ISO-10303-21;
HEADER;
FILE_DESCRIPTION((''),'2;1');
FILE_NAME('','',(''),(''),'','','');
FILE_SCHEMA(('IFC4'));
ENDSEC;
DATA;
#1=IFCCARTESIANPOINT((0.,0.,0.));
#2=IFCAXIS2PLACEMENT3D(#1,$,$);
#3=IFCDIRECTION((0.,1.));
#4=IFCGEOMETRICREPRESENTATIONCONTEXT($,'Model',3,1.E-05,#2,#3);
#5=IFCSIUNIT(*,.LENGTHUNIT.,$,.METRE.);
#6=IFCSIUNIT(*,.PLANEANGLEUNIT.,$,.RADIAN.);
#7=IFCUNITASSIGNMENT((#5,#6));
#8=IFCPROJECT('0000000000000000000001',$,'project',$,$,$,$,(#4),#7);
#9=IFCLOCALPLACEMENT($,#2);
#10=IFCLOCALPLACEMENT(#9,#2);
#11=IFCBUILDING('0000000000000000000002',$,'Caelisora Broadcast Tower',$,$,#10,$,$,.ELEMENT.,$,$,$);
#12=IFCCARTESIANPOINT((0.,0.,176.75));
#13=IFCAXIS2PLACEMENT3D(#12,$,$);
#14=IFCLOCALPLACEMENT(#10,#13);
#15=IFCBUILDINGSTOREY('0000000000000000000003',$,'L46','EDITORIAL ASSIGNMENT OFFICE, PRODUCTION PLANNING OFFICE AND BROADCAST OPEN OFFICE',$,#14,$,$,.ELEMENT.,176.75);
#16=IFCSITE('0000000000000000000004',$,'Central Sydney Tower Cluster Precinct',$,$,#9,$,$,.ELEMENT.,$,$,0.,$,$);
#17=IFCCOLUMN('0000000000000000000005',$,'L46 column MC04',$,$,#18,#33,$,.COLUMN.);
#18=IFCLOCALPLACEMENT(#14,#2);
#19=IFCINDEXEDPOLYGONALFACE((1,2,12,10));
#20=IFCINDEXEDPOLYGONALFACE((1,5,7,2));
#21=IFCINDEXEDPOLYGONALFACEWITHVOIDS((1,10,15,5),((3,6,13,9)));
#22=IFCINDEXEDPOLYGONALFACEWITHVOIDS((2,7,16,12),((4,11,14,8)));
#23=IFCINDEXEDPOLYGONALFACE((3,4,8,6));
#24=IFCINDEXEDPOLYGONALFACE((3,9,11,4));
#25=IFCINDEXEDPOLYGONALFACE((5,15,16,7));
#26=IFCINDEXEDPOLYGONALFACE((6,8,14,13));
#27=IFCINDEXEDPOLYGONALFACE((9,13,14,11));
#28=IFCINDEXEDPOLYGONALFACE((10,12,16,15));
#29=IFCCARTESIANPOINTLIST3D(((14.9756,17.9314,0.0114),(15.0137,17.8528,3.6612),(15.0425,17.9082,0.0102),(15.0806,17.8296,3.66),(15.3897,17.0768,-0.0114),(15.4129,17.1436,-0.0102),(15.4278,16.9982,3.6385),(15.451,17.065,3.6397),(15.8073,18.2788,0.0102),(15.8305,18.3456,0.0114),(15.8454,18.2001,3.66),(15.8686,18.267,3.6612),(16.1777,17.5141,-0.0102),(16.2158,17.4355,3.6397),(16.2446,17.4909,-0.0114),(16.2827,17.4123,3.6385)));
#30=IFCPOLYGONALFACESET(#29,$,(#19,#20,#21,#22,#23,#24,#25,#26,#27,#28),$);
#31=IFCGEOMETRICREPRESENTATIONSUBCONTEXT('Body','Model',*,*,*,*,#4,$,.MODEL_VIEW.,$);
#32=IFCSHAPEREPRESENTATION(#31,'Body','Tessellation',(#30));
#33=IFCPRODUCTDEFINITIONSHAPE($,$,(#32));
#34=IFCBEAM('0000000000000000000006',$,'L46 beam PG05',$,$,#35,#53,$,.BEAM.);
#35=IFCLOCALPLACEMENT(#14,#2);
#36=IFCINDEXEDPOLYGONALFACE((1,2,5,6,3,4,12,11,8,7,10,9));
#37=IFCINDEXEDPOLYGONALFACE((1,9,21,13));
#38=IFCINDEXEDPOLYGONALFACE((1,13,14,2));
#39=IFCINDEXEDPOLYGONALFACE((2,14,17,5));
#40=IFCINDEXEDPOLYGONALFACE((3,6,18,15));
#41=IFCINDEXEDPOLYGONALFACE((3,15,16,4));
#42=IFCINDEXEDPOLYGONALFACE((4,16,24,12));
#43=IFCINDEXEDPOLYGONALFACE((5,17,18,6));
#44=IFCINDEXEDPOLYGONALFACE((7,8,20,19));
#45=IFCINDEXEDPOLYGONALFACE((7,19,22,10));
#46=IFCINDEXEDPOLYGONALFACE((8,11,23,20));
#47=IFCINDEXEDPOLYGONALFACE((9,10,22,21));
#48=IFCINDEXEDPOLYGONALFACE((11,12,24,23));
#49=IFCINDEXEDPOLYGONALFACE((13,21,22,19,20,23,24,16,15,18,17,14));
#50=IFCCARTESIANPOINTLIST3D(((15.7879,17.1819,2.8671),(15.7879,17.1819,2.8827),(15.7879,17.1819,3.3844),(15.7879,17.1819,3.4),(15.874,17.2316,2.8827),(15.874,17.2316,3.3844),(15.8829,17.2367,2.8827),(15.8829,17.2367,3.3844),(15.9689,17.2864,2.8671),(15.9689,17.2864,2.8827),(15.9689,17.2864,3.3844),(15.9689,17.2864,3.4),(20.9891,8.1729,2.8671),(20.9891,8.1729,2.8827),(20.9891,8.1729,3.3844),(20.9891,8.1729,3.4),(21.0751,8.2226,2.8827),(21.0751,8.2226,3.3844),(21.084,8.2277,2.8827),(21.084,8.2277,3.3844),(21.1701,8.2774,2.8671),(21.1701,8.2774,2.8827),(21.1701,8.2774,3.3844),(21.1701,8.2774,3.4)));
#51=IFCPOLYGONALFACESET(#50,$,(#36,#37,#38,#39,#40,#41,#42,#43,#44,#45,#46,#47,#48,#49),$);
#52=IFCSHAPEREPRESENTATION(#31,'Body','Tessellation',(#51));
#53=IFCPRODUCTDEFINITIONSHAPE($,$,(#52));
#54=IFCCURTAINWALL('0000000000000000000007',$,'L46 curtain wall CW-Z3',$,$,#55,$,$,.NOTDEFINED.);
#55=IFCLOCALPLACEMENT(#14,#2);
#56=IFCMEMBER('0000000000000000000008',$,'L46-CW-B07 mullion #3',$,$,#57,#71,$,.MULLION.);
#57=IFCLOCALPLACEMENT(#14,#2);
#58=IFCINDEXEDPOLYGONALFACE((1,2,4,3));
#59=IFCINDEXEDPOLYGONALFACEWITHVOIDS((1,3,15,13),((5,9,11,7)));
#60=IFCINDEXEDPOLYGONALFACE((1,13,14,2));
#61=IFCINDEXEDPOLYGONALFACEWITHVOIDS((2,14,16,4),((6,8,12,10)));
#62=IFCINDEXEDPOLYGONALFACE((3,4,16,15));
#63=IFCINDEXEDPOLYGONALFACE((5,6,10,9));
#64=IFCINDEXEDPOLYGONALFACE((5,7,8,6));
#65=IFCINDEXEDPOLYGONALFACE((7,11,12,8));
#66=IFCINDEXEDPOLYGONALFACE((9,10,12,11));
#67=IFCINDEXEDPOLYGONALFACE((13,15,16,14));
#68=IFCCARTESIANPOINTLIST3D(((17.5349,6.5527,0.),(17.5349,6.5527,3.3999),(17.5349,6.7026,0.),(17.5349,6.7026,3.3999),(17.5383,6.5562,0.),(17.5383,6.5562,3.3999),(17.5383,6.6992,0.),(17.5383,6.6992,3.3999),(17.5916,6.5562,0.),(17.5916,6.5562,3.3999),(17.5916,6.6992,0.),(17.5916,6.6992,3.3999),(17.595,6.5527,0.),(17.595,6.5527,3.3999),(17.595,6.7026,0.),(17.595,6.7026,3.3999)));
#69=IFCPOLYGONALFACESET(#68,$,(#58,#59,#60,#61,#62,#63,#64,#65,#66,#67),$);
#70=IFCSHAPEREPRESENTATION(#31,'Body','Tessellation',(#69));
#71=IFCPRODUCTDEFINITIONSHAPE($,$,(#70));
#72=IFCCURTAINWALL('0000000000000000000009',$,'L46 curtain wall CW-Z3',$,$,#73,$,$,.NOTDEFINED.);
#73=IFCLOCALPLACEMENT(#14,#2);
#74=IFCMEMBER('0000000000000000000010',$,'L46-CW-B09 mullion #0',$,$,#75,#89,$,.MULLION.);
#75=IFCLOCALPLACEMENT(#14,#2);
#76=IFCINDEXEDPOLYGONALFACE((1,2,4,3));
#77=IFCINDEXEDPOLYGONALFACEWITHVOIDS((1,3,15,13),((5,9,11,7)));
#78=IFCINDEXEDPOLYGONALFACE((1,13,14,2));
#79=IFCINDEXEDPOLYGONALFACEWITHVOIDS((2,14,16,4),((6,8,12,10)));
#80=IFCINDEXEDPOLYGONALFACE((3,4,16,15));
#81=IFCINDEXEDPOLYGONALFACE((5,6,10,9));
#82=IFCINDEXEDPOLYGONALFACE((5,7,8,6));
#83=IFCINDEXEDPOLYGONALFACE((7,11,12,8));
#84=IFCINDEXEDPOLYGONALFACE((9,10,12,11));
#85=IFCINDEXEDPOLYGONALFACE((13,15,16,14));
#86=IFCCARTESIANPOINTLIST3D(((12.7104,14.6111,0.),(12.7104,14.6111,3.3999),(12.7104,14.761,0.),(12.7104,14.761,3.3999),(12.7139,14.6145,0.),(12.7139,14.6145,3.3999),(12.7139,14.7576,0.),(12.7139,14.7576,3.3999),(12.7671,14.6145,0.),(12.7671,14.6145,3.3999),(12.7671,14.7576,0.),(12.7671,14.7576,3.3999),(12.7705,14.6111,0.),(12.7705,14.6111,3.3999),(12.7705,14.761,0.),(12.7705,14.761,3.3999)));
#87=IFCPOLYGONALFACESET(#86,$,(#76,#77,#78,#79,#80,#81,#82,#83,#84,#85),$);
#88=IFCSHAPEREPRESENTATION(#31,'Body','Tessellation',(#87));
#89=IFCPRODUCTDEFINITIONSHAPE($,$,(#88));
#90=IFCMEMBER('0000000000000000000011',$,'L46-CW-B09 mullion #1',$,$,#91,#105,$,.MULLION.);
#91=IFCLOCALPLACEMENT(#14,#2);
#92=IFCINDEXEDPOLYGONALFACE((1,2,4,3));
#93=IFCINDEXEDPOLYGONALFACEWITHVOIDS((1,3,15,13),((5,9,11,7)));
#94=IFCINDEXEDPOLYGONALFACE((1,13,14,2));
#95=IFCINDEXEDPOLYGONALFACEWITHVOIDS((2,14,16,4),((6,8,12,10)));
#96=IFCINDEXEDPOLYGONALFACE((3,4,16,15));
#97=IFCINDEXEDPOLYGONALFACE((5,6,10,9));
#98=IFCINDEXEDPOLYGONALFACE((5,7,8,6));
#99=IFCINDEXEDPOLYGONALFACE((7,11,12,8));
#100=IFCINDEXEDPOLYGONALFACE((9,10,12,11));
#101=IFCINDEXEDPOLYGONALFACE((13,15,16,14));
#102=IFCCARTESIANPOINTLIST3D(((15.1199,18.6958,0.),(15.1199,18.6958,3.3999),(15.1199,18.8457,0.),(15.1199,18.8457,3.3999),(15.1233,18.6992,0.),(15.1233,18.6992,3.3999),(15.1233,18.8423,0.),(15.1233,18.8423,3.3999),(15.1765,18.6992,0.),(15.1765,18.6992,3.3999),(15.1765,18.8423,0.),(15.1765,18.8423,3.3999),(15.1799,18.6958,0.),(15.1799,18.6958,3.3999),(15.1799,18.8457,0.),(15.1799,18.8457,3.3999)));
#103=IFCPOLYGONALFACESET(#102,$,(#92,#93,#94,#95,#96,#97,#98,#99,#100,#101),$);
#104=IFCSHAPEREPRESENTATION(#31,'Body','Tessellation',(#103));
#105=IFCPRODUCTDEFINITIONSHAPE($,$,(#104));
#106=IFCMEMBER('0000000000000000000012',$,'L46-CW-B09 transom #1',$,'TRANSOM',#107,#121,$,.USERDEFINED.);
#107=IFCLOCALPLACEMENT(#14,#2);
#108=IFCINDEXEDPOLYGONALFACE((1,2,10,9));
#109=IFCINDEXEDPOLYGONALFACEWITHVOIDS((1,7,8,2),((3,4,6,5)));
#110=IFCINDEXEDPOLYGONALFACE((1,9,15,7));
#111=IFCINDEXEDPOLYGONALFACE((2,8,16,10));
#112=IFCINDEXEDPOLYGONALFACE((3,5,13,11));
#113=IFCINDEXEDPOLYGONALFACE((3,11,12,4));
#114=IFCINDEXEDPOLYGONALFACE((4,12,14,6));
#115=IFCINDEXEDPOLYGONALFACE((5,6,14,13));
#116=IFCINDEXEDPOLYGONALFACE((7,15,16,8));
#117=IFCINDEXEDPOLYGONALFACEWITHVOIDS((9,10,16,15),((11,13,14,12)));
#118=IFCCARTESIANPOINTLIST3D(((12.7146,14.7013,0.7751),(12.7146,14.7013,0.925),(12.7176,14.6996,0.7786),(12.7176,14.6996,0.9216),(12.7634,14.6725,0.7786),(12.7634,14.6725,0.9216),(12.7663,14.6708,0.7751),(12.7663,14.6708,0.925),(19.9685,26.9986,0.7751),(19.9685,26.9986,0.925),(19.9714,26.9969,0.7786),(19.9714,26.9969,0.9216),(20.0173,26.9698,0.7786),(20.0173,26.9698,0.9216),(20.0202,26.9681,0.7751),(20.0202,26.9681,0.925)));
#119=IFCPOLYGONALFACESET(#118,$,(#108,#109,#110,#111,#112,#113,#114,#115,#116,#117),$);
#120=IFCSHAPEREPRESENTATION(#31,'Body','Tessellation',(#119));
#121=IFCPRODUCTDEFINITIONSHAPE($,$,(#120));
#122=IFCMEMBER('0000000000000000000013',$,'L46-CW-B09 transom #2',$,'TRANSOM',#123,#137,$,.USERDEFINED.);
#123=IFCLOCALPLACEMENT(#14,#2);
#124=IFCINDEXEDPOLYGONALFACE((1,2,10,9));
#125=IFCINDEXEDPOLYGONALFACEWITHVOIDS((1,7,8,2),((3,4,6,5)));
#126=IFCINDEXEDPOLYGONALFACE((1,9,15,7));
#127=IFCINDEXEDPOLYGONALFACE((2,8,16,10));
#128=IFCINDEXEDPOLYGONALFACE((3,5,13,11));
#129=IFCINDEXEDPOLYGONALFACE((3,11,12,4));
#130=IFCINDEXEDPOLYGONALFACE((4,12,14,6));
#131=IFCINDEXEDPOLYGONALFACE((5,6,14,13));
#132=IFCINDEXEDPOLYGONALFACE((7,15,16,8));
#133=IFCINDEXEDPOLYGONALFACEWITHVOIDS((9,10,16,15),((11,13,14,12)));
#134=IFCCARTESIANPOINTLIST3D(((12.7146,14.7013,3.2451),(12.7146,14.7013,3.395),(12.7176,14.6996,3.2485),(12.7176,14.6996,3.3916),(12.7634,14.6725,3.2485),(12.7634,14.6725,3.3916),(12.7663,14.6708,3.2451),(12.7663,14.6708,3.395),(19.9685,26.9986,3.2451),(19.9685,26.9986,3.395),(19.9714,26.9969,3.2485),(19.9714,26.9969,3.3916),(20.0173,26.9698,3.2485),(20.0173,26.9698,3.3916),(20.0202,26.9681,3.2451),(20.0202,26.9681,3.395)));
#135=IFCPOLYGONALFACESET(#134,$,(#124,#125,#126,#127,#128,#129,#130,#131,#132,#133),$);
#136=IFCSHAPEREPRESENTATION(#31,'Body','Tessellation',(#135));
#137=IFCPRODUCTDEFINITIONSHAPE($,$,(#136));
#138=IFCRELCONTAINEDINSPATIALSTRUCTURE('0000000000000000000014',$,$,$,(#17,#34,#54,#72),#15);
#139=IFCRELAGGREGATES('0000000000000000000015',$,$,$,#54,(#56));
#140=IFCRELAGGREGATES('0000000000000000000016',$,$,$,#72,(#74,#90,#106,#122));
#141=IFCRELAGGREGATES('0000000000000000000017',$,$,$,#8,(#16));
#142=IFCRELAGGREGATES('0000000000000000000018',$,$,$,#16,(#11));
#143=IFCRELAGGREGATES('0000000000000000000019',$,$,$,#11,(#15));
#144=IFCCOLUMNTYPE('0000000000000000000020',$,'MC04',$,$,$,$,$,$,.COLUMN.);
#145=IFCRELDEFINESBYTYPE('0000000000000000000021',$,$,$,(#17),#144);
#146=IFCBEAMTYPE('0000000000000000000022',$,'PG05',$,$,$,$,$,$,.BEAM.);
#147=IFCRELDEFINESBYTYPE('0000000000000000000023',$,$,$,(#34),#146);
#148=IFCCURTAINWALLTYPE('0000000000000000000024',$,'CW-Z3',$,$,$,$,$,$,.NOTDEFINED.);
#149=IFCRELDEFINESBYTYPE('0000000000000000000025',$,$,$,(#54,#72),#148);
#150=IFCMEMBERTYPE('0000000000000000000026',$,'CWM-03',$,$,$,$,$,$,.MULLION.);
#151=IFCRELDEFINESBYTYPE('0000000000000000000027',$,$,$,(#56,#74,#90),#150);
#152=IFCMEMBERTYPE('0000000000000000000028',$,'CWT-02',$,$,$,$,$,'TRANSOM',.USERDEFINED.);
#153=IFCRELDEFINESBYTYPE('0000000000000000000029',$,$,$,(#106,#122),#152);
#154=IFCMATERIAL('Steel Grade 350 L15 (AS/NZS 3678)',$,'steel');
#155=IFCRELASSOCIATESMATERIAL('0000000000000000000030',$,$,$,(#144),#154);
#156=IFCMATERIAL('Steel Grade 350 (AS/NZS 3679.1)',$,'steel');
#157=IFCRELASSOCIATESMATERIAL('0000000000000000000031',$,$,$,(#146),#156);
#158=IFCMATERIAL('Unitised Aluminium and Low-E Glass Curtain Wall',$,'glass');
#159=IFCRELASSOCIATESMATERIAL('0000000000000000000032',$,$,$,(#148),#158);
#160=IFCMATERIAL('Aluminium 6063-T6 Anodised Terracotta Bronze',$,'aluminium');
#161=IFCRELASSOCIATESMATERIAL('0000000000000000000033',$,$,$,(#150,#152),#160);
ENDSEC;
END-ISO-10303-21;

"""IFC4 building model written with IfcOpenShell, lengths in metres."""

from ifc_helpers import new_model, si_unit, direction, frame, origin, origin_2d, place, context, subcontext, project, spatial, hollow_rectangle, i_section, extrude, source, transform, mapped, material, material_profile, profile_set, type_object, type_shapes, element, aggregate, save


model = new_model("IFC4")

# Units and contexts
model_context = context("Model", 3, precision=1e-05, world=origin(), true_north=direction((0.0, 1.0)))
body_context = subcontext(model_context, "Body", "Model", "MODEL_VIEW")
ifc_project = project(units=[si_unit("LENGTHUNIT", "METRE"), si_unit("PLANEANGLEUNIT", "RADIAN")], contexts=[model_context])

# Site, building, storey
site_placement = place(None, origin())
site = spatial("IfcSite", under=ifc_project, at=site_placement, Name="Central Sydney Tower Cluster Precinct", CompositionType="ELEMENT", RefElevation=0.0)
building_placement = place(site_placement, origin())
building = spatial("IfcBuilding", under=site, at=building_placement, Name="Caelisora Broadcast Tower", CompositionType="ELEMENT")
storey_placement = place(building_placement, frame((0.0, 0.0, 176.75)))
storey = spatial("IfcBuildingStorey", under=building, at=storey_placement, Name="L46", Description="EDITORIAL ASSIGNMENT OFFICE, PRODUCTION PLANNING OFFICE AND BROADCAST OPEN OFFICE", CompositionType="ELEMENT", Elevation=176.75)

# Column
ifc_material_1 = material(Name="Steel Grade 350 L15 (AS/NZS 3678)", Category="steel")
ifc_material_profile_1 = material_profile(ifc_material_1, hollow_rectangle(XDim=0.95, YDim=0.95, WallThickness=0.05, at=origin_2d()), Name="Steel Grade 350 L15 (AS/NZS 3678)")
ifc_profile_set_1 = profile_set([ifc_material_profile_1], Name="Steel Grade 350 L15 (AS/NZS 3678)")
column_type = type_object("IfcColumnType", Name="MC04", PredefinedType="COLUMN", material=ifc_profile_set_1)
shared_shape_1 = source(origin(), body_context, "Body", "SweptSolid", [
    extrude(hollow_rectangle(XDim=0.95, YDim=0.95, WallThickness=0.05, at=origin_2d()), origin(), (0.0, 0.0, 1.0), 3.6509),
])
type_shapes(column_type, [shared_shape_1])
column_placement = place(storey_placement, frame((15.6101, 17.7112, 0.0), z_axis=(0.010432, -0.021532, 0.999714), x_axis=(0.899947, 0.435999, 0.0)))
element("IfcColumn", 1, at=column_placement, inside=storey, type_object=column_type, Name="L46 column MC04", PredefinedType="COLUMN", context=body_context, shape_type="MappedRepresentation", body=[
    mapped(shared_shape_1, transform((0.0, 0.0, 0.0), scale=1.0)),
])

# Beam
ifc_material_2 = material(Name="Steel Grade 350 (AS/NZS 3679.1)", Category="steel")
ifc_material_profile_2 = material_profile(ifc_material_2, i_section(OverallWidth=0.209, OverallDepth=0.533, WebThickness=0.0103, FlangeThickness=0.0156, at=origin_2d()), Name="Steel Grade 350 (AS/NZS 3679.1)")
ifc_profile_set_2 = profile_set([ifc_material_profile_2], Name="Steel Grade 350 (AS/NZS 3679.1)")
beam_type = type_object("IfcBeamType", Name="PG05", PredefinedType="BEAM", material=ifc_profile_set_2)
shared_shape_2 = source(origin(), body_context, "Body", "SweptSolid", [
    extrude(i_section(OverallWidth=0.209, OverallDepth=0.533, WebThickness=0.0103, FlangeThickness=0.0156, at=origin_2d()), origin(), (0.0, 0.0, 1.0), 10.4026),
])
type_shapes(beam_type, [shared_shape_2])
beam_placement = place(storey_placement, frame((15.8784, 17.2341, 3.1335), z_axis=(0.499986, -0.866034, 0.0), x_axis=(0.866034, 0.499986, 0.0)))
element("IfcBeam", 2, at=beam_placement, inside=storey, type_object=beam_type, Name="L46 beam PG05", PredefinedType="BEAM", context=body_context, shape_type="MappedRepresentation", body=[
    mapped(shared_shape_2, transform((0.0, 0.0, 0.0), scale=1.0)),
])

# Curtain wall, member
ifc_material_3 = material(Name="Unitised Aluminium and Low-E Glass Curtain Wall", Category="glass")
curtain_wall_type = type_object("IfcCurtainWallType", Name="CW-Z3", PredefinedType="NOTDEFINED", material=ifc_material_3)
curtain_wall_1_placement = place(storey_placement, origin())
curtain_wall_1 = element("IfcCurtainWall", 3, at=curtain_wall_1_placement, inside=storey, type_object=curtain_wall_type, Name="L46 curtain wall CW-Z3", PredefinedType="NOTDEFINED")
ifc_material_4 = material(Name="Aluminium 6063-T6 Anodised Terracotta Bronze", Category="aluminium")
ifc_material_profile_3 = material_profile(ifc_material_4, hollow_rectangle(XDim=0.0601, YDim=0.1499, WallThickness=0.0034, at=origin_2d()), Name="Aluminium 6063-T6 Anodised Terracotta Bronze")
ifc_profile_set_3 = profile_set([ifc_material_profile_3], Name="Aluminium 6063-T6 Anodised Terracotta Bronze")
member_type_1 = type_object("IfcMemberType", Name="CWM-03", PredefinedType="MULLION", material=ifc_profile_set_3)
shared_shape_3 = source(origin(), body_context, "Body", "SweptSolid", [
    extrude(hollow_rectangle(XDim=0.0601, YDim=0.1499, WallThickness=0.0034, at=origin_2d()), origin(), (0.0, 0.0, 1.0), 3.3999),
])
type_shapes(member_type_1, [shared_shape_3])
member_1_placement = place(storey_placement, frame((17.5649, 6.6277, 0.0), z_axis=(0.0, 0.0, 1.0), x_axis=(1.0, 0.0, 0.0)))
member_1 = element("IfcMember", 4, at=member_1_placement, type_object=member_type_1, Name="L46-CW-B07 mullion #3", PredefinedType="MULLION", context=body_context, shape_type="MappedRepresentation", body=[
    mapped(shared_shape_3, transform((0.0, 0.0, 0.0), scale=1.0)),
])
aggregate(curtain_wall_1, [member_1])

# Curtain wall, members
curtain_wall_2_placement = place(storey_placement, origin())
curtain_wall_2 = element("IfcCurtainWall", 5, at=curtain_wall_2_placement, inside=storey, type_object=curtain_wall_type, Name="L46 curtain wall CW-Z3", PredefinedType="NOTDEFINED")
member_2_placement = place(storey_placement, frame((12.7405, 14.686, 0.0), z_axis=(0.0, 0.0, 1.0), x_axis=(1.0, 0.0, 0.0)))
member_2 = element("IfcMember", 6, at=member_2_placement, type_object=member_type_1, Name="L46-CW-B09 mullion #0", PredefinedType="MULLION", context=body_context, shape_type="MappedRepresentation", body=[
    mapped(shared_shape_3, transform((0.0, 0.0, 0.0), scale=1.0)),
])
member_3_placement = place(storey_placement, frame((15.1499, 18.7708, 0.0), z_axis=(0.0, 0.0, 1.0), x_axis=(1.0, 0.0, 0.0)))
member_3 = element("IfcMember", 7, at=member_3_placement, type_object=member_type_1, Name="L46-CW-B09 mullion #1", PredefinedType="MULLION", context=body_context, shape_type="MappedRepresentation", body=[
    mapped(shared_shape_3, transform((0.0, 0.0, 0.0), scale=1.0)),
])
ifc_material_profile_4 = material_profile(ifc_material_4, hollow_rectangle(XDim=0.0601, YDim=0.1499, WallThickness=0.0034, at=origin_2d()), Name="Aluminium 6063-T6 Anodised Terracotta Bronze")
ifc_profile_set_4 = profile_set([ifc_material_profile_4], Name="Aluminium 6063-T6 Anodised Terracotta Bronze")
member_type_2 = type_object("IfcMemberType", Name="CWT-02", ElementType="TRANSOM", PredefinedType="USERDEFINED", material=ifc_profile_set_4)
shared_shape_4 = source(origin(), body_context, "Body", "SweptSolid", [
    extrude(hollow_rectangle(XDim=0.0601, YDim=0.1499, WallThickness=0.0034, at=origin_2d()), origin(), (0.0, 0.0, 1.0), 14.2773),
])
type_shapes(member_type_2, [shared_shape_4])
member_4_placement = place(storey_placement, frame((12.7405, 14.686, 0.8501), z_axis=(0.508069, 0.861316, 0.0), x_axis=(-0.861316, 0.508069, 0.0)))
member_4 = element("IfcMember", 8, at=member_4_placement, type_object=member_type_2, Name="L46-CW-B09 transom #1", ObjectType="TRANSOM", PredefinedType="USERDEFINED", context=body_context, shape_type="MappedRepresentation", body=[
    mapped(shared_shape_4, transform((0.0, 0.0, 0.0), scale=1.0)),
])
member_5_placement = place(storey_placement, frame((12.7405, 14.686, 3.3201), z_axis=(0.508069, 0.861316, 0.0), x_axis=(-0.861316, 0.508069, 0.0)))
member_5 = element("IfcMember", 9, at=member_5_placement, type_object=member_type_2, Name="L46-CW-B09 transom #2", ObjectType="TRANSOM", PredefinedType="USERDEFINED", context=body_context, shape_type="MappedRepresentation", body=[
    mapped(shared_shape_4, transform((0.0, 0.0, 0.0), scale=1.0)),
])

aggregate(curtain_wall_2, [member_2, member_3, member_4, member_5])

save(model, "model.ifc")
